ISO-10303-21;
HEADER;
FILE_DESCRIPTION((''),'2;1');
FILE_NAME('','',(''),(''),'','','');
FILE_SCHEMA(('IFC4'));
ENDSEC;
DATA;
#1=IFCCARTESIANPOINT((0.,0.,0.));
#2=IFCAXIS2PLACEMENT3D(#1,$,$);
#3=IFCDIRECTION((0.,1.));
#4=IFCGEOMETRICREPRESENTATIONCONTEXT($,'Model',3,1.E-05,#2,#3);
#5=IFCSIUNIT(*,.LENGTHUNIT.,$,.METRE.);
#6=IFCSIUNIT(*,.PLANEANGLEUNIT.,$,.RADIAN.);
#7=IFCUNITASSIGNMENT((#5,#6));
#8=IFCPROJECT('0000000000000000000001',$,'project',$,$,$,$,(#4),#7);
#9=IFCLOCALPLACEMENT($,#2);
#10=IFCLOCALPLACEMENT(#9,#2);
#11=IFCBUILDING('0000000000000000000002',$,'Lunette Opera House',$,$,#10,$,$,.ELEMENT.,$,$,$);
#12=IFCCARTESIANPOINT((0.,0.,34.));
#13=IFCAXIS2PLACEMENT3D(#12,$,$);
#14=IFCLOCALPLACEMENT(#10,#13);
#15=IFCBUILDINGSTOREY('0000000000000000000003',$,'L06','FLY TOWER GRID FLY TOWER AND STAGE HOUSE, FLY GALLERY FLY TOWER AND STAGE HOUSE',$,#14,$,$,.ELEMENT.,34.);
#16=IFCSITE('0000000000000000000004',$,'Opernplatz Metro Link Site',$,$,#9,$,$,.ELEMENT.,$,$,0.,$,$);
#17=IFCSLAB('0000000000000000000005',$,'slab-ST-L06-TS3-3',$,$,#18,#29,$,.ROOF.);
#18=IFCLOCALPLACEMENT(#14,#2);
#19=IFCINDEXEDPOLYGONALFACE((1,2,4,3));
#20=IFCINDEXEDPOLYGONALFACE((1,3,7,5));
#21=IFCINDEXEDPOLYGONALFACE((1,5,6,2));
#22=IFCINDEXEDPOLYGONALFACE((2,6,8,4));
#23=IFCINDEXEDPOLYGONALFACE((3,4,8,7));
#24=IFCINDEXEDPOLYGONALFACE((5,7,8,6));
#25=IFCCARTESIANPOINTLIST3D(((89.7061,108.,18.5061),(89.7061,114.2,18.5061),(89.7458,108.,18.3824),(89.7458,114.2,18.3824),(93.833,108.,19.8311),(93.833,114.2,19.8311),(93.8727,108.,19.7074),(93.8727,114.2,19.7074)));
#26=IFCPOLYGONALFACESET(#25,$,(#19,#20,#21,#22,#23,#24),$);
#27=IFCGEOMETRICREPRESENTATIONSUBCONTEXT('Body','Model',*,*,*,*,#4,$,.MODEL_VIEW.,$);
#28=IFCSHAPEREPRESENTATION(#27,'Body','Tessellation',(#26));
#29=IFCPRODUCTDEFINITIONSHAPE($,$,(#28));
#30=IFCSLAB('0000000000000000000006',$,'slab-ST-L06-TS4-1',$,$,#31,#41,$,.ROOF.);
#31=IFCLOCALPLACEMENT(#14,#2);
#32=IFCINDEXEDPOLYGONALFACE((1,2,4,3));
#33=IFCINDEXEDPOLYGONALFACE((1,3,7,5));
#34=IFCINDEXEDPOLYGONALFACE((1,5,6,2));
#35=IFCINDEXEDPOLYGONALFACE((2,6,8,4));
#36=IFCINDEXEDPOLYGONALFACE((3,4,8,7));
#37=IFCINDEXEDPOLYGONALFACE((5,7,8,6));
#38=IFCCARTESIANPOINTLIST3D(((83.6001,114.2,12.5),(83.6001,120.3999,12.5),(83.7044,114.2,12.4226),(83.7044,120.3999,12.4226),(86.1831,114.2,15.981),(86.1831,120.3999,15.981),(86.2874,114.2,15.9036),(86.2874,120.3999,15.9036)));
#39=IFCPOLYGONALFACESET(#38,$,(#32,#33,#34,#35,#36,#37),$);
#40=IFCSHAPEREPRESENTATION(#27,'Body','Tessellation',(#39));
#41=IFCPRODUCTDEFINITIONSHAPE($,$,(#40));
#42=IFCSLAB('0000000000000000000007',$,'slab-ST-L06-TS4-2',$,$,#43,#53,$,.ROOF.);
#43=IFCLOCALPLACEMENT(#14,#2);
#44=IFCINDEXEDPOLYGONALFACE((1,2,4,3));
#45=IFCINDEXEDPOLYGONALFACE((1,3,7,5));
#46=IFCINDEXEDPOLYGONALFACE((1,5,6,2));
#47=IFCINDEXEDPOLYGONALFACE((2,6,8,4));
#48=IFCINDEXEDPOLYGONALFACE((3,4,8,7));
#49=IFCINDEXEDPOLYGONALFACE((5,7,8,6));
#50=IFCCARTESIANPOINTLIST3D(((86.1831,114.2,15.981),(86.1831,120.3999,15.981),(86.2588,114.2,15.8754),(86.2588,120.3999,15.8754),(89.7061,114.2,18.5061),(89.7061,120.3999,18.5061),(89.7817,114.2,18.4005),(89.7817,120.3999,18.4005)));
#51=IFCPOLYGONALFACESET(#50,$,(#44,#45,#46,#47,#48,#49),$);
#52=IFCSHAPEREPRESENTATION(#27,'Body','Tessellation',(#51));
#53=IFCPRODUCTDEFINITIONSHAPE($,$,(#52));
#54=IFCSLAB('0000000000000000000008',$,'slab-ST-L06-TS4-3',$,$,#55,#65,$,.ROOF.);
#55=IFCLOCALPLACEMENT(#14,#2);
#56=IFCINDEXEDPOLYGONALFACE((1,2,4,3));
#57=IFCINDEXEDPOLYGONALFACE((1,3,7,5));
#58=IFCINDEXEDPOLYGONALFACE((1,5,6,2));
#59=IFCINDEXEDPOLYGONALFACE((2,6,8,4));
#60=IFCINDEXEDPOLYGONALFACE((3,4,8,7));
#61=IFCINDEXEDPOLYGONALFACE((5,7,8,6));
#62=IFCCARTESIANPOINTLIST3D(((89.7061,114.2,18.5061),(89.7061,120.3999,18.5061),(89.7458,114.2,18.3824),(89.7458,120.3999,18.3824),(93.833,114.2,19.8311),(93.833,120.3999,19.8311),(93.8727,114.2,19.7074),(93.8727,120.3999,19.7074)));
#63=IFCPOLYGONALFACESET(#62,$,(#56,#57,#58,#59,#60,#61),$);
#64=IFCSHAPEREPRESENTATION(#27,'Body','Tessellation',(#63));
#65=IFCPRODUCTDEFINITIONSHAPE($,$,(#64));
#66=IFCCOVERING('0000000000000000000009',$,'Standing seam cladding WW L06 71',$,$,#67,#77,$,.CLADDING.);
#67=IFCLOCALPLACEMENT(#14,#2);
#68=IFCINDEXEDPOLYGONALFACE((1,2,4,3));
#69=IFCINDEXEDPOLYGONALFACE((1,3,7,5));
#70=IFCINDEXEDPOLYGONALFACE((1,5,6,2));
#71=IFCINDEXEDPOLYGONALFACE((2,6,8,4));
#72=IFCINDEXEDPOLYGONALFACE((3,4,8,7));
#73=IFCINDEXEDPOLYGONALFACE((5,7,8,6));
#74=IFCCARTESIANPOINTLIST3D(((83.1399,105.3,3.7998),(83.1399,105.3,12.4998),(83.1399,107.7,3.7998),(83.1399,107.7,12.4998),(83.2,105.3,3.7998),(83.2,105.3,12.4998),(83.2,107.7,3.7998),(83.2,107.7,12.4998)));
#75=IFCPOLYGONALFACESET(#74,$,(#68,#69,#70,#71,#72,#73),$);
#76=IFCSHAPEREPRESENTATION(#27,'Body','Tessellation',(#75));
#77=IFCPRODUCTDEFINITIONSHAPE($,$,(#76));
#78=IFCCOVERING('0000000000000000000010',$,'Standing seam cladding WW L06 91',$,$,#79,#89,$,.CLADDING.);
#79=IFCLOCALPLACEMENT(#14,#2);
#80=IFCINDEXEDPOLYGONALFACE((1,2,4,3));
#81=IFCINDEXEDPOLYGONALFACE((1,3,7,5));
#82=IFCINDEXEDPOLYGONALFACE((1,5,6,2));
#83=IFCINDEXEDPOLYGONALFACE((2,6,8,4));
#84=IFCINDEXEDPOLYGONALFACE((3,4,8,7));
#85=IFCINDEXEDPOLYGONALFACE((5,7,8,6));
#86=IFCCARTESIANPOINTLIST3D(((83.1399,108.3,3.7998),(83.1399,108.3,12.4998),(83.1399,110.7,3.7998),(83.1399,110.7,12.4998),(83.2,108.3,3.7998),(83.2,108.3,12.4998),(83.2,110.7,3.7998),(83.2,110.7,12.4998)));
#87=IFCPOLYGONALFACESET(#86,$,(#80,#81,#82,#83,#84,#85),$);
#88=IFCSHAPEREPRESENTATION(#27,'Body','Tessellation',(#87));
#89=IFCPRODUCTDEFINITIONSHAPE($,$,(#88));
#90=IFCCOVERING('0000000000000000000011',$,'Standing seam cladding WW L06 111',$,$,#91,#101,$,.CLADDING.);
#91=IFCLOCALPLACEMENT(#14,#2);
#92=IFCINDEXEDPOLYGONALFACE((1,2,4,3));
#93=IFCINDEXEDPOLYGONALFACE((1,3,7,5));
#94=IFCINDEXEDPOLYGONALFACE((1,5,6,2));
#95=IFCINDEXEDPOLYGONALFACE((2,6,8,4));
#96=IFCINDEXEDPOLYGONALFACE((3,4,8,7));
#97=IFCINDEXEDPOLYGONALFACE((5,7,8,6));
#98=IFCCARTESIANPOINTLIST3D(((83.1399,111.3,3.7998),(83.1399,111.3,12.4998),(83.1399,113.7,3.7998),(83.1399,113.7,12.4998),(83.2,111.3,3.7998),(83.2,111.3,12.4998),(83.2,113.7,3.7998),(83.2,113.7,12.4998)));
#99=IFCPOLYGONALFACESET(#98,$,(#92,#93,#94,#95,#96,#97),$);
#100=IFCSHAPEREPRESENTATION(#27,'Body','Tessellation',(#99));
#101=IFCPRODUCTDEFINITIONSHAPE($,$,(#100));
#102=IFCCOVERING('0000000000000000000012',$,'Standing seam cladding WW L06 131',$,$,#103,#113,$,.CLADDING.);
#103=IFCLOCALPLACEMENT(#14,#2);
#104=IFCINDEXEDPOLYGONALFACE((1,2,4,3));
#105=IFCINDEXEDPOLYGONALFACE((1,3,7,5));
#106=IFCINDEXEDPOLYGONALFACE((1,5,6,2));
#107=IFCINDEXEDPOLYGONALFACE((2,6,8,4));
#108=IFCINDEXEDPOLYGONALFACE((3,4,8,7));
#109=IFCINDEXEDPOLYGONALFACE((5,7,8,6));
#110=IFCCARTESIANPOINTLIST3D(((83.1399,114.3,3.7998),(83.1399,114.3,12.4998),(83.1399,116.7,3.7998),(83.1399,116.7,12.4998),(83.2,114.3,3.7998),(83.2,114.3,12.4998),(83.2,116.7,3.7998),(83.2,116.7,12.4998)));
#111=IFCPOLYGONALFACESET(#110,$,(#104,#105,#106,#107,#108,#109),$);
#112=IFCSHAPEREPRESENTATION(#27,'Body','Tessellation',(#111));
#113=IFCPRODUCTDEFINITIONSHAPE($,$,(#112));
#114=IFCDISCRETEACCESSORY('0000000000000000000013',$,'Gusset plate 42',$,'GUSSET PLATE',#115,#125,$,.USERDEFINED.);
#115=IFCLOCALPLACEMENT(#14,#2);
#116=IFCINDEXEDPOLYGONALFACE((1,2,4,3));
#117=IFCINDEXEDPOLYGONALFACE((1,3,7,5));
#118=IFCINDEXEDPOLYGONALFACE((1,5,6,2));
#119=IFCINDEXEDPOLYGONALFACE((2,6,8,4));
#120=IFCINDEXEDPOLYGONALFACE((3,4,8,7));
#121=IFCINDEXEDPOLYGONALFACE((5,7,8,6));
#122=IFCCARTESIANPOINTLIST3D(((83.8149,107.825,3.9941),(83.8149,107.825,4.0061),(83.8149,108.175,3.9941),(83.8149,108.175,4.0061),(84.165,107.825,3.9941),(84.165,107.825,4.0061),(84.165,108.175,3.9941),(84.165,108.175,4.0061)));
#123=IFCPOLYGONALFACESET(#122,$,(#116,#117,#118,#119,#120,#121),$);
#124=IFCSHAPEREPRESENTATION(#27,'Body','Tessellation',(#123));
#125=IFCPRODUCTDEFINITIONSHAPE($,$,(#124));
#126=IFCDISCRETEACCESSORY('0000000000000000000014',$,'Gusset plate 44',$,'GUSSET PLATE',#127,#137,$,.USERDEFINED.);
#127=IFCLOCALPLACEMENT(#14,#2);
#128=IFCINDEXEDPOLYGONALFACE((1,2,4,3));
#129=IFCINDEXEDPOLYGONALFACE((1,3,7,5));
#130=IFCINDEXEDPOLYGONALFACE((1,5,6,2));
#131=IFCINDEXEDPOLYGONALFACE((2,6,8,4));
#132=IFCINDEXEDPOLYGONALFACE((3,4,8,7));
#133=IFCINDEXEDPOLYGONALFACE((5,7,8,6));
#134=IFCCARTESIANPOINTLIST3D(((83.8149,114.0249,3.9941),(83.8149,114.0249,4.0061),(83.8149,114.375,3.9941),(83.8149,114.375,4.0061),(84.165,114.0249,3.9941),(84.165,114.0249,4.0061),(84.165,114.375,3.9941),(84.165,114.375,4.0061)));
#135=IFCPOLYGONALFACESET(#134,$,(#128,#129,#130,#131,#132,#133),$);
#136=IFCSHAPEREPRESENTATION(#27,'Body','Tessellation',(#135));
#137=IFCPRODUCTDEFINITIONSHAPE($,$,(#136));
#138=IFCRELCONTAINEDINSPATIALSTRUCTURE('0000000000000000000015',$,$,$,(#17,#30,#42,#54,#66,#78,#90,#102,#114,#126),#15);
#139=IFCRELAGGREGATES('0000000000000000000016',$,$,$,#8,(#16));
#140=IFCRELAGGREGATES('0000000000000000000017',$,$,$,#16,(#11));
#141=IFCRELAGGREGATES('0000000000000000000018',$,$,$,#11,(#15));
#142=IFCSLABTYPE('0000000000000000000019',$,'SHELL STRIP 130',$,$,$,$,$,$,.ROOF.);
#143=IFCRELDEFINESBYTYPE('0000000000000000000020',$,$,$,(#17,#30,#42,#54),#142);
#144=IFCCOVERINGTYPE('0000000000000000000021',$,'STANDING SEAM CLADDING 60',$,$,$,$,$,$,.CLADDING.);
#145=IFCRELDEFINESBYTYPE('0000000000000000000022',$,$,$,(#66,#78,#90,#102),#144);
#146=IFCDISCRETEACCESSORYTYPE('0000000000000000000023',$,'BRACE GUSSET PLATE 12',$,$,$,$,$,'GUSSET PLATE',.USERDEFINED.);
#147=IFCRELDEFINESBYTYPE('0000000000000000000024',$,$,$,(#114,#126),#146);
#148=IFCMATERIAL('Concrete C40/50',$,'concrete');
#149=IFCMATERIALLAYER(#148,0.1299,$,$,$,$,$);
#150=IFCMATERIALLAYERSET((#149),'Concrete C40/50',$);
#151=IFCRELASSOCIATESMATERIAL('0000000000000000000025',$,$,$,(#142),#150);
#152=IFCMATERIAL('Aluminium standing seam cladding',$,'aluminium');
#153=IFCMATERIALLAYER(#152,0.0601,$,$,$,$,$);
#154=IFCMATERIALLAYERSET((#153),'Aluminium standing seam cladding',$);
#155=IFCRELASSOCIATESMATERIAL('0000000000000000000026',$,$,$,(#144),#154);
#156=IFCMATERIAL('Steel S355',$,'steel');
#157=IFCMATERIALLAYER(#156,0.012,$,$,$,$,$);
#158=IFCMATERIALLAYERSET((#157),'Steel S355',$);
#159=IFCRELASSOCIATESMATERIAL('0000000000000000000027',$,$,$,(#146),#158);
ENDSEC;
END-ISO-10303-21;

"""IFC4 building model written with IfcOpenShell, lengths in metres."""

from ifc_helpers import new_model, si_unit, direction, frame, origin, origin_2d, place, context, subcontext, project, spatial, polyline, rectangle, outline, extrude, material, layer, layer_set, type_object, element, save


model = new_model("IFC4")

# Units and contexts
model_context = context("Model", 3, precision=1e-05, world=origin(), true_north=direction((0.0, 1.0)))
body_context = subcontext(model_context, "Body", "Model", "MODEL_VIEW")
ifc_project = project(units=[si_unit("LENGTHUNIT", "METRE"), si_unit("PLANEANGLEUNIT", "RADIAN")], contexts=[model_context])

# Site, building, storey
site_placement = place(None, origin())
site = spatial("IfcSite", under=ifc_project, at=site_placement, Name="Opernplatz Metro Link Site", CompositionType="ELEMENT", RefElevation=0.0)
building_placement = place(site_placement, origin())
building = spatial("IfcBuilding", under=site, at=building_placement, Name="Lunette Opera House", CompositionType="ELEMENT")
storey_placement = place(building_placement, frame((0.0, 0.0, 34.0)))
storey = spatial("IfcBuildingStorey", under=building, at=storey_placement, Name="L06", Description="FLY TOWER GRID FLY TOWER AND STAGE HOUSE, FLY GALLERY FLY TOWER AND STAGE HOUSE", CompositionType="ELEMENT", Elevation=34.0)

# Slabs
ifc_material_1 = material(Name="Concrete C40/50", Category="concrete")
ifc_layer_1 = layer(ifc_material_1, 0.1299)
ifc_layer_set_1 = layer_set([ifc_layer_1], Name="Concrete C40/50")
slab_type = type_object("IfcSlabType", Name="SHELL STRIP 130", PredefinedType="ROOF", material=ifc_layer_set_1)
slab_1_placement = place(storey_placement, frame((89.7061, 108.0, 18.5061), z_axis=(-0.305681, 0.0, 0.952134), x_axis=(0.952134, 0.0, 0.305681)))
element("IfcSlab", 1, at=slab_1_placement, inside=storey, type_object=slab_type, Name="slab-ST-L06-TS3-3", PredefinedType="ROOF", context=body_context, shape_type="SweptSolid", body=[
    extrude(outline(polyline([(0.0, 0.0), (4.3344, 0.0), (4.3344, 6.2), (0.0, 6.2), (0.0, 0.0)])), origin(), (0.0, 0.0, -1.0), 0.1299),
])
slab_2_placement = place(storey_placement, frame((83.6001, 114.2, 12.5), z_axis=(-0.803058, 0.0, 0.595901), x_axis=(0.595901, 0.0, 0.803058)))
element("IfcSlab", 2, at=slab_2_placement, inside=storey, type_object=slab_type, Name="slab-ST-L06-TS4-1", PredefinedType="ROOF", context=body_context, shape_type="SweptSolid", body=[
    extrude(outline(polyline([(0.0, 0.0), (4.3346, 0.0), (4.3346, 6.2), (0.0, 6.2), (0.0, 0.0)])), origin(), (0.0, 0.0, -1.0), 0.1299),
])
slab_3_placement = place(storey_placement, frame((86.1831, 114.2, 15.981), z_axis=(-0.582575, 0.0, 0.812777), x_axis=(0.812777, 0.0, 0.582575)))
element("IfcSlab", 3, at=slab_3_placement, inside=storey, type_object=slab_type, Name="slab-ST-L06-TS4-2", PredefinedType="ROOF", context=body_context, shape_type="SweptSolid", body=[
    extrude(outline(polyline([(0.0, 0.0), (4.3345, 0.0), (4.3345, 6.2), (0.0, 6.2), (0.0, 0.0)])), origin(), (0.0, 0.0, -1.0), 0.1299),
])
slab_4_placement = place(storey_placement, frame((89.7061, 114.2, 18.5061), z_axis=(-0.305681, 0.0, 0.952134), x_axis=(0.952134, 0.0, 0.305681)))
element("IfcSlab", 4, at=slab_4_placement, inside=storey, type_object=slab_type, Name="slab-ST-L06-TS4-3", PredefinedType="ROOF", context=body_context, shape_type="SweptSolid", body=[
    extrude(outline(polyline([(0.0, 0.0), (4.3344, 0.0), (4.3344, 6.2), (0.0, 6.2), (0.0, 0.0)])), origin(), (0.0, 0.0, -1.0), 0.1299),
])

# Coverings
ifc_material_2 = material(Name="Aluminium standing seam cladding", Category="aluminium")
ifc_layer_2 = layer(ifc_material_2, 0.0601)
ifc_layer_set_2 = layer_set([ifc_layer_2], Name="Aluminium standing seam cladding")
covering_type = type_object("IfcCoveringType", Name="STANDING SEAM CLADDING 60", PredefinedType="CLADDING", material=ifc_layer_set_2)
for number, where, z_axis, x_axis, name in (
    (5, (83.1699, 106.5, 3.7998), (0.0, 0.0, 1.0), (0.0, 1.0, 0.0), "Standing seam cladding WW L06 71"),
    (6, (83.1699, 109.5, 3.7998), (0.0, 0.0, 1.0), (0.0, 1.0, 0.0), "Standing seam cladding WW L06 91"),
    (7, (83.1699, 112.5, 3.7998), (0.0, 0.0, 1.0), (0.0, 1.0, 0.0), "Standing seam cladding WW L06 111"),
    (8, (83.1699, 115.5, 3.7998), (0.0, 0.0, 1.0), (0.0, 1.0, 0.0), "Standing seam cladding WW L06 131"),
):
    element("IfcCovering", number, at=place(storey_placement, frame(where, z_axis=z_axis, x_axis=x_axis)), inside=storey, type_object=covering_type, Name=name, PredefinedType="CLADDING", context=body_context, shape_type="SweptSolid", body=[
        extrude(rectangle(XDim=2.3999, YDim=0.0601, at=origin_2d()), origin(), (0.0, 0.0, 1.0), 8.7),
    ])

# Discrete accessories
ifc_material_3 = material(Name="Steel S355", Category="steel")
ifc_layer_3 = layer(ifc_material_3, 0.012)
ifc_layer_set_3 = layer_set([ifc_layer_3], Name="Steel S355")
discrete_accessory_type = type_object("IfcDiscreteAccessoryType", Name="BRACE GUSSET PLATE 12", ElementType="GUSSET PLATE", PredefinedType="USERDEFINED", material=ifc_layer_set_3)
for number, where, z_axis, x_axis, name in (
    (9, (83.99, 108.0, 3.9941), (0.0, 0.0, 1.0), (1.0, 0.0, 0.0), "Gusset plate 42"),
    (10, (83.99, 114.2, 3.9941), (0.0, 0.0, 1.0), (1.0, 0.0, 0.0), "Gusset plate 44"),
):
    element("IfcDiscreteAccessory", number, at=place(storey_placement, frame(where, z_axis=z_axis, x_axis=x_axis)), inside=storey, type_object=discrete_accessory_type, Name=name, ObjectType="GUSSET PLATE", PredefinedType="USERDEFINED", context=body_context, shape_type="SweptSolid", body=[
        extrude(rectangle(XDim=0.3501, YDim=0.3501, at=origin_2d()), origin(), (0.0, 0.0, 1.0), 0.012),
    ])

save(model, "model.ifc")
